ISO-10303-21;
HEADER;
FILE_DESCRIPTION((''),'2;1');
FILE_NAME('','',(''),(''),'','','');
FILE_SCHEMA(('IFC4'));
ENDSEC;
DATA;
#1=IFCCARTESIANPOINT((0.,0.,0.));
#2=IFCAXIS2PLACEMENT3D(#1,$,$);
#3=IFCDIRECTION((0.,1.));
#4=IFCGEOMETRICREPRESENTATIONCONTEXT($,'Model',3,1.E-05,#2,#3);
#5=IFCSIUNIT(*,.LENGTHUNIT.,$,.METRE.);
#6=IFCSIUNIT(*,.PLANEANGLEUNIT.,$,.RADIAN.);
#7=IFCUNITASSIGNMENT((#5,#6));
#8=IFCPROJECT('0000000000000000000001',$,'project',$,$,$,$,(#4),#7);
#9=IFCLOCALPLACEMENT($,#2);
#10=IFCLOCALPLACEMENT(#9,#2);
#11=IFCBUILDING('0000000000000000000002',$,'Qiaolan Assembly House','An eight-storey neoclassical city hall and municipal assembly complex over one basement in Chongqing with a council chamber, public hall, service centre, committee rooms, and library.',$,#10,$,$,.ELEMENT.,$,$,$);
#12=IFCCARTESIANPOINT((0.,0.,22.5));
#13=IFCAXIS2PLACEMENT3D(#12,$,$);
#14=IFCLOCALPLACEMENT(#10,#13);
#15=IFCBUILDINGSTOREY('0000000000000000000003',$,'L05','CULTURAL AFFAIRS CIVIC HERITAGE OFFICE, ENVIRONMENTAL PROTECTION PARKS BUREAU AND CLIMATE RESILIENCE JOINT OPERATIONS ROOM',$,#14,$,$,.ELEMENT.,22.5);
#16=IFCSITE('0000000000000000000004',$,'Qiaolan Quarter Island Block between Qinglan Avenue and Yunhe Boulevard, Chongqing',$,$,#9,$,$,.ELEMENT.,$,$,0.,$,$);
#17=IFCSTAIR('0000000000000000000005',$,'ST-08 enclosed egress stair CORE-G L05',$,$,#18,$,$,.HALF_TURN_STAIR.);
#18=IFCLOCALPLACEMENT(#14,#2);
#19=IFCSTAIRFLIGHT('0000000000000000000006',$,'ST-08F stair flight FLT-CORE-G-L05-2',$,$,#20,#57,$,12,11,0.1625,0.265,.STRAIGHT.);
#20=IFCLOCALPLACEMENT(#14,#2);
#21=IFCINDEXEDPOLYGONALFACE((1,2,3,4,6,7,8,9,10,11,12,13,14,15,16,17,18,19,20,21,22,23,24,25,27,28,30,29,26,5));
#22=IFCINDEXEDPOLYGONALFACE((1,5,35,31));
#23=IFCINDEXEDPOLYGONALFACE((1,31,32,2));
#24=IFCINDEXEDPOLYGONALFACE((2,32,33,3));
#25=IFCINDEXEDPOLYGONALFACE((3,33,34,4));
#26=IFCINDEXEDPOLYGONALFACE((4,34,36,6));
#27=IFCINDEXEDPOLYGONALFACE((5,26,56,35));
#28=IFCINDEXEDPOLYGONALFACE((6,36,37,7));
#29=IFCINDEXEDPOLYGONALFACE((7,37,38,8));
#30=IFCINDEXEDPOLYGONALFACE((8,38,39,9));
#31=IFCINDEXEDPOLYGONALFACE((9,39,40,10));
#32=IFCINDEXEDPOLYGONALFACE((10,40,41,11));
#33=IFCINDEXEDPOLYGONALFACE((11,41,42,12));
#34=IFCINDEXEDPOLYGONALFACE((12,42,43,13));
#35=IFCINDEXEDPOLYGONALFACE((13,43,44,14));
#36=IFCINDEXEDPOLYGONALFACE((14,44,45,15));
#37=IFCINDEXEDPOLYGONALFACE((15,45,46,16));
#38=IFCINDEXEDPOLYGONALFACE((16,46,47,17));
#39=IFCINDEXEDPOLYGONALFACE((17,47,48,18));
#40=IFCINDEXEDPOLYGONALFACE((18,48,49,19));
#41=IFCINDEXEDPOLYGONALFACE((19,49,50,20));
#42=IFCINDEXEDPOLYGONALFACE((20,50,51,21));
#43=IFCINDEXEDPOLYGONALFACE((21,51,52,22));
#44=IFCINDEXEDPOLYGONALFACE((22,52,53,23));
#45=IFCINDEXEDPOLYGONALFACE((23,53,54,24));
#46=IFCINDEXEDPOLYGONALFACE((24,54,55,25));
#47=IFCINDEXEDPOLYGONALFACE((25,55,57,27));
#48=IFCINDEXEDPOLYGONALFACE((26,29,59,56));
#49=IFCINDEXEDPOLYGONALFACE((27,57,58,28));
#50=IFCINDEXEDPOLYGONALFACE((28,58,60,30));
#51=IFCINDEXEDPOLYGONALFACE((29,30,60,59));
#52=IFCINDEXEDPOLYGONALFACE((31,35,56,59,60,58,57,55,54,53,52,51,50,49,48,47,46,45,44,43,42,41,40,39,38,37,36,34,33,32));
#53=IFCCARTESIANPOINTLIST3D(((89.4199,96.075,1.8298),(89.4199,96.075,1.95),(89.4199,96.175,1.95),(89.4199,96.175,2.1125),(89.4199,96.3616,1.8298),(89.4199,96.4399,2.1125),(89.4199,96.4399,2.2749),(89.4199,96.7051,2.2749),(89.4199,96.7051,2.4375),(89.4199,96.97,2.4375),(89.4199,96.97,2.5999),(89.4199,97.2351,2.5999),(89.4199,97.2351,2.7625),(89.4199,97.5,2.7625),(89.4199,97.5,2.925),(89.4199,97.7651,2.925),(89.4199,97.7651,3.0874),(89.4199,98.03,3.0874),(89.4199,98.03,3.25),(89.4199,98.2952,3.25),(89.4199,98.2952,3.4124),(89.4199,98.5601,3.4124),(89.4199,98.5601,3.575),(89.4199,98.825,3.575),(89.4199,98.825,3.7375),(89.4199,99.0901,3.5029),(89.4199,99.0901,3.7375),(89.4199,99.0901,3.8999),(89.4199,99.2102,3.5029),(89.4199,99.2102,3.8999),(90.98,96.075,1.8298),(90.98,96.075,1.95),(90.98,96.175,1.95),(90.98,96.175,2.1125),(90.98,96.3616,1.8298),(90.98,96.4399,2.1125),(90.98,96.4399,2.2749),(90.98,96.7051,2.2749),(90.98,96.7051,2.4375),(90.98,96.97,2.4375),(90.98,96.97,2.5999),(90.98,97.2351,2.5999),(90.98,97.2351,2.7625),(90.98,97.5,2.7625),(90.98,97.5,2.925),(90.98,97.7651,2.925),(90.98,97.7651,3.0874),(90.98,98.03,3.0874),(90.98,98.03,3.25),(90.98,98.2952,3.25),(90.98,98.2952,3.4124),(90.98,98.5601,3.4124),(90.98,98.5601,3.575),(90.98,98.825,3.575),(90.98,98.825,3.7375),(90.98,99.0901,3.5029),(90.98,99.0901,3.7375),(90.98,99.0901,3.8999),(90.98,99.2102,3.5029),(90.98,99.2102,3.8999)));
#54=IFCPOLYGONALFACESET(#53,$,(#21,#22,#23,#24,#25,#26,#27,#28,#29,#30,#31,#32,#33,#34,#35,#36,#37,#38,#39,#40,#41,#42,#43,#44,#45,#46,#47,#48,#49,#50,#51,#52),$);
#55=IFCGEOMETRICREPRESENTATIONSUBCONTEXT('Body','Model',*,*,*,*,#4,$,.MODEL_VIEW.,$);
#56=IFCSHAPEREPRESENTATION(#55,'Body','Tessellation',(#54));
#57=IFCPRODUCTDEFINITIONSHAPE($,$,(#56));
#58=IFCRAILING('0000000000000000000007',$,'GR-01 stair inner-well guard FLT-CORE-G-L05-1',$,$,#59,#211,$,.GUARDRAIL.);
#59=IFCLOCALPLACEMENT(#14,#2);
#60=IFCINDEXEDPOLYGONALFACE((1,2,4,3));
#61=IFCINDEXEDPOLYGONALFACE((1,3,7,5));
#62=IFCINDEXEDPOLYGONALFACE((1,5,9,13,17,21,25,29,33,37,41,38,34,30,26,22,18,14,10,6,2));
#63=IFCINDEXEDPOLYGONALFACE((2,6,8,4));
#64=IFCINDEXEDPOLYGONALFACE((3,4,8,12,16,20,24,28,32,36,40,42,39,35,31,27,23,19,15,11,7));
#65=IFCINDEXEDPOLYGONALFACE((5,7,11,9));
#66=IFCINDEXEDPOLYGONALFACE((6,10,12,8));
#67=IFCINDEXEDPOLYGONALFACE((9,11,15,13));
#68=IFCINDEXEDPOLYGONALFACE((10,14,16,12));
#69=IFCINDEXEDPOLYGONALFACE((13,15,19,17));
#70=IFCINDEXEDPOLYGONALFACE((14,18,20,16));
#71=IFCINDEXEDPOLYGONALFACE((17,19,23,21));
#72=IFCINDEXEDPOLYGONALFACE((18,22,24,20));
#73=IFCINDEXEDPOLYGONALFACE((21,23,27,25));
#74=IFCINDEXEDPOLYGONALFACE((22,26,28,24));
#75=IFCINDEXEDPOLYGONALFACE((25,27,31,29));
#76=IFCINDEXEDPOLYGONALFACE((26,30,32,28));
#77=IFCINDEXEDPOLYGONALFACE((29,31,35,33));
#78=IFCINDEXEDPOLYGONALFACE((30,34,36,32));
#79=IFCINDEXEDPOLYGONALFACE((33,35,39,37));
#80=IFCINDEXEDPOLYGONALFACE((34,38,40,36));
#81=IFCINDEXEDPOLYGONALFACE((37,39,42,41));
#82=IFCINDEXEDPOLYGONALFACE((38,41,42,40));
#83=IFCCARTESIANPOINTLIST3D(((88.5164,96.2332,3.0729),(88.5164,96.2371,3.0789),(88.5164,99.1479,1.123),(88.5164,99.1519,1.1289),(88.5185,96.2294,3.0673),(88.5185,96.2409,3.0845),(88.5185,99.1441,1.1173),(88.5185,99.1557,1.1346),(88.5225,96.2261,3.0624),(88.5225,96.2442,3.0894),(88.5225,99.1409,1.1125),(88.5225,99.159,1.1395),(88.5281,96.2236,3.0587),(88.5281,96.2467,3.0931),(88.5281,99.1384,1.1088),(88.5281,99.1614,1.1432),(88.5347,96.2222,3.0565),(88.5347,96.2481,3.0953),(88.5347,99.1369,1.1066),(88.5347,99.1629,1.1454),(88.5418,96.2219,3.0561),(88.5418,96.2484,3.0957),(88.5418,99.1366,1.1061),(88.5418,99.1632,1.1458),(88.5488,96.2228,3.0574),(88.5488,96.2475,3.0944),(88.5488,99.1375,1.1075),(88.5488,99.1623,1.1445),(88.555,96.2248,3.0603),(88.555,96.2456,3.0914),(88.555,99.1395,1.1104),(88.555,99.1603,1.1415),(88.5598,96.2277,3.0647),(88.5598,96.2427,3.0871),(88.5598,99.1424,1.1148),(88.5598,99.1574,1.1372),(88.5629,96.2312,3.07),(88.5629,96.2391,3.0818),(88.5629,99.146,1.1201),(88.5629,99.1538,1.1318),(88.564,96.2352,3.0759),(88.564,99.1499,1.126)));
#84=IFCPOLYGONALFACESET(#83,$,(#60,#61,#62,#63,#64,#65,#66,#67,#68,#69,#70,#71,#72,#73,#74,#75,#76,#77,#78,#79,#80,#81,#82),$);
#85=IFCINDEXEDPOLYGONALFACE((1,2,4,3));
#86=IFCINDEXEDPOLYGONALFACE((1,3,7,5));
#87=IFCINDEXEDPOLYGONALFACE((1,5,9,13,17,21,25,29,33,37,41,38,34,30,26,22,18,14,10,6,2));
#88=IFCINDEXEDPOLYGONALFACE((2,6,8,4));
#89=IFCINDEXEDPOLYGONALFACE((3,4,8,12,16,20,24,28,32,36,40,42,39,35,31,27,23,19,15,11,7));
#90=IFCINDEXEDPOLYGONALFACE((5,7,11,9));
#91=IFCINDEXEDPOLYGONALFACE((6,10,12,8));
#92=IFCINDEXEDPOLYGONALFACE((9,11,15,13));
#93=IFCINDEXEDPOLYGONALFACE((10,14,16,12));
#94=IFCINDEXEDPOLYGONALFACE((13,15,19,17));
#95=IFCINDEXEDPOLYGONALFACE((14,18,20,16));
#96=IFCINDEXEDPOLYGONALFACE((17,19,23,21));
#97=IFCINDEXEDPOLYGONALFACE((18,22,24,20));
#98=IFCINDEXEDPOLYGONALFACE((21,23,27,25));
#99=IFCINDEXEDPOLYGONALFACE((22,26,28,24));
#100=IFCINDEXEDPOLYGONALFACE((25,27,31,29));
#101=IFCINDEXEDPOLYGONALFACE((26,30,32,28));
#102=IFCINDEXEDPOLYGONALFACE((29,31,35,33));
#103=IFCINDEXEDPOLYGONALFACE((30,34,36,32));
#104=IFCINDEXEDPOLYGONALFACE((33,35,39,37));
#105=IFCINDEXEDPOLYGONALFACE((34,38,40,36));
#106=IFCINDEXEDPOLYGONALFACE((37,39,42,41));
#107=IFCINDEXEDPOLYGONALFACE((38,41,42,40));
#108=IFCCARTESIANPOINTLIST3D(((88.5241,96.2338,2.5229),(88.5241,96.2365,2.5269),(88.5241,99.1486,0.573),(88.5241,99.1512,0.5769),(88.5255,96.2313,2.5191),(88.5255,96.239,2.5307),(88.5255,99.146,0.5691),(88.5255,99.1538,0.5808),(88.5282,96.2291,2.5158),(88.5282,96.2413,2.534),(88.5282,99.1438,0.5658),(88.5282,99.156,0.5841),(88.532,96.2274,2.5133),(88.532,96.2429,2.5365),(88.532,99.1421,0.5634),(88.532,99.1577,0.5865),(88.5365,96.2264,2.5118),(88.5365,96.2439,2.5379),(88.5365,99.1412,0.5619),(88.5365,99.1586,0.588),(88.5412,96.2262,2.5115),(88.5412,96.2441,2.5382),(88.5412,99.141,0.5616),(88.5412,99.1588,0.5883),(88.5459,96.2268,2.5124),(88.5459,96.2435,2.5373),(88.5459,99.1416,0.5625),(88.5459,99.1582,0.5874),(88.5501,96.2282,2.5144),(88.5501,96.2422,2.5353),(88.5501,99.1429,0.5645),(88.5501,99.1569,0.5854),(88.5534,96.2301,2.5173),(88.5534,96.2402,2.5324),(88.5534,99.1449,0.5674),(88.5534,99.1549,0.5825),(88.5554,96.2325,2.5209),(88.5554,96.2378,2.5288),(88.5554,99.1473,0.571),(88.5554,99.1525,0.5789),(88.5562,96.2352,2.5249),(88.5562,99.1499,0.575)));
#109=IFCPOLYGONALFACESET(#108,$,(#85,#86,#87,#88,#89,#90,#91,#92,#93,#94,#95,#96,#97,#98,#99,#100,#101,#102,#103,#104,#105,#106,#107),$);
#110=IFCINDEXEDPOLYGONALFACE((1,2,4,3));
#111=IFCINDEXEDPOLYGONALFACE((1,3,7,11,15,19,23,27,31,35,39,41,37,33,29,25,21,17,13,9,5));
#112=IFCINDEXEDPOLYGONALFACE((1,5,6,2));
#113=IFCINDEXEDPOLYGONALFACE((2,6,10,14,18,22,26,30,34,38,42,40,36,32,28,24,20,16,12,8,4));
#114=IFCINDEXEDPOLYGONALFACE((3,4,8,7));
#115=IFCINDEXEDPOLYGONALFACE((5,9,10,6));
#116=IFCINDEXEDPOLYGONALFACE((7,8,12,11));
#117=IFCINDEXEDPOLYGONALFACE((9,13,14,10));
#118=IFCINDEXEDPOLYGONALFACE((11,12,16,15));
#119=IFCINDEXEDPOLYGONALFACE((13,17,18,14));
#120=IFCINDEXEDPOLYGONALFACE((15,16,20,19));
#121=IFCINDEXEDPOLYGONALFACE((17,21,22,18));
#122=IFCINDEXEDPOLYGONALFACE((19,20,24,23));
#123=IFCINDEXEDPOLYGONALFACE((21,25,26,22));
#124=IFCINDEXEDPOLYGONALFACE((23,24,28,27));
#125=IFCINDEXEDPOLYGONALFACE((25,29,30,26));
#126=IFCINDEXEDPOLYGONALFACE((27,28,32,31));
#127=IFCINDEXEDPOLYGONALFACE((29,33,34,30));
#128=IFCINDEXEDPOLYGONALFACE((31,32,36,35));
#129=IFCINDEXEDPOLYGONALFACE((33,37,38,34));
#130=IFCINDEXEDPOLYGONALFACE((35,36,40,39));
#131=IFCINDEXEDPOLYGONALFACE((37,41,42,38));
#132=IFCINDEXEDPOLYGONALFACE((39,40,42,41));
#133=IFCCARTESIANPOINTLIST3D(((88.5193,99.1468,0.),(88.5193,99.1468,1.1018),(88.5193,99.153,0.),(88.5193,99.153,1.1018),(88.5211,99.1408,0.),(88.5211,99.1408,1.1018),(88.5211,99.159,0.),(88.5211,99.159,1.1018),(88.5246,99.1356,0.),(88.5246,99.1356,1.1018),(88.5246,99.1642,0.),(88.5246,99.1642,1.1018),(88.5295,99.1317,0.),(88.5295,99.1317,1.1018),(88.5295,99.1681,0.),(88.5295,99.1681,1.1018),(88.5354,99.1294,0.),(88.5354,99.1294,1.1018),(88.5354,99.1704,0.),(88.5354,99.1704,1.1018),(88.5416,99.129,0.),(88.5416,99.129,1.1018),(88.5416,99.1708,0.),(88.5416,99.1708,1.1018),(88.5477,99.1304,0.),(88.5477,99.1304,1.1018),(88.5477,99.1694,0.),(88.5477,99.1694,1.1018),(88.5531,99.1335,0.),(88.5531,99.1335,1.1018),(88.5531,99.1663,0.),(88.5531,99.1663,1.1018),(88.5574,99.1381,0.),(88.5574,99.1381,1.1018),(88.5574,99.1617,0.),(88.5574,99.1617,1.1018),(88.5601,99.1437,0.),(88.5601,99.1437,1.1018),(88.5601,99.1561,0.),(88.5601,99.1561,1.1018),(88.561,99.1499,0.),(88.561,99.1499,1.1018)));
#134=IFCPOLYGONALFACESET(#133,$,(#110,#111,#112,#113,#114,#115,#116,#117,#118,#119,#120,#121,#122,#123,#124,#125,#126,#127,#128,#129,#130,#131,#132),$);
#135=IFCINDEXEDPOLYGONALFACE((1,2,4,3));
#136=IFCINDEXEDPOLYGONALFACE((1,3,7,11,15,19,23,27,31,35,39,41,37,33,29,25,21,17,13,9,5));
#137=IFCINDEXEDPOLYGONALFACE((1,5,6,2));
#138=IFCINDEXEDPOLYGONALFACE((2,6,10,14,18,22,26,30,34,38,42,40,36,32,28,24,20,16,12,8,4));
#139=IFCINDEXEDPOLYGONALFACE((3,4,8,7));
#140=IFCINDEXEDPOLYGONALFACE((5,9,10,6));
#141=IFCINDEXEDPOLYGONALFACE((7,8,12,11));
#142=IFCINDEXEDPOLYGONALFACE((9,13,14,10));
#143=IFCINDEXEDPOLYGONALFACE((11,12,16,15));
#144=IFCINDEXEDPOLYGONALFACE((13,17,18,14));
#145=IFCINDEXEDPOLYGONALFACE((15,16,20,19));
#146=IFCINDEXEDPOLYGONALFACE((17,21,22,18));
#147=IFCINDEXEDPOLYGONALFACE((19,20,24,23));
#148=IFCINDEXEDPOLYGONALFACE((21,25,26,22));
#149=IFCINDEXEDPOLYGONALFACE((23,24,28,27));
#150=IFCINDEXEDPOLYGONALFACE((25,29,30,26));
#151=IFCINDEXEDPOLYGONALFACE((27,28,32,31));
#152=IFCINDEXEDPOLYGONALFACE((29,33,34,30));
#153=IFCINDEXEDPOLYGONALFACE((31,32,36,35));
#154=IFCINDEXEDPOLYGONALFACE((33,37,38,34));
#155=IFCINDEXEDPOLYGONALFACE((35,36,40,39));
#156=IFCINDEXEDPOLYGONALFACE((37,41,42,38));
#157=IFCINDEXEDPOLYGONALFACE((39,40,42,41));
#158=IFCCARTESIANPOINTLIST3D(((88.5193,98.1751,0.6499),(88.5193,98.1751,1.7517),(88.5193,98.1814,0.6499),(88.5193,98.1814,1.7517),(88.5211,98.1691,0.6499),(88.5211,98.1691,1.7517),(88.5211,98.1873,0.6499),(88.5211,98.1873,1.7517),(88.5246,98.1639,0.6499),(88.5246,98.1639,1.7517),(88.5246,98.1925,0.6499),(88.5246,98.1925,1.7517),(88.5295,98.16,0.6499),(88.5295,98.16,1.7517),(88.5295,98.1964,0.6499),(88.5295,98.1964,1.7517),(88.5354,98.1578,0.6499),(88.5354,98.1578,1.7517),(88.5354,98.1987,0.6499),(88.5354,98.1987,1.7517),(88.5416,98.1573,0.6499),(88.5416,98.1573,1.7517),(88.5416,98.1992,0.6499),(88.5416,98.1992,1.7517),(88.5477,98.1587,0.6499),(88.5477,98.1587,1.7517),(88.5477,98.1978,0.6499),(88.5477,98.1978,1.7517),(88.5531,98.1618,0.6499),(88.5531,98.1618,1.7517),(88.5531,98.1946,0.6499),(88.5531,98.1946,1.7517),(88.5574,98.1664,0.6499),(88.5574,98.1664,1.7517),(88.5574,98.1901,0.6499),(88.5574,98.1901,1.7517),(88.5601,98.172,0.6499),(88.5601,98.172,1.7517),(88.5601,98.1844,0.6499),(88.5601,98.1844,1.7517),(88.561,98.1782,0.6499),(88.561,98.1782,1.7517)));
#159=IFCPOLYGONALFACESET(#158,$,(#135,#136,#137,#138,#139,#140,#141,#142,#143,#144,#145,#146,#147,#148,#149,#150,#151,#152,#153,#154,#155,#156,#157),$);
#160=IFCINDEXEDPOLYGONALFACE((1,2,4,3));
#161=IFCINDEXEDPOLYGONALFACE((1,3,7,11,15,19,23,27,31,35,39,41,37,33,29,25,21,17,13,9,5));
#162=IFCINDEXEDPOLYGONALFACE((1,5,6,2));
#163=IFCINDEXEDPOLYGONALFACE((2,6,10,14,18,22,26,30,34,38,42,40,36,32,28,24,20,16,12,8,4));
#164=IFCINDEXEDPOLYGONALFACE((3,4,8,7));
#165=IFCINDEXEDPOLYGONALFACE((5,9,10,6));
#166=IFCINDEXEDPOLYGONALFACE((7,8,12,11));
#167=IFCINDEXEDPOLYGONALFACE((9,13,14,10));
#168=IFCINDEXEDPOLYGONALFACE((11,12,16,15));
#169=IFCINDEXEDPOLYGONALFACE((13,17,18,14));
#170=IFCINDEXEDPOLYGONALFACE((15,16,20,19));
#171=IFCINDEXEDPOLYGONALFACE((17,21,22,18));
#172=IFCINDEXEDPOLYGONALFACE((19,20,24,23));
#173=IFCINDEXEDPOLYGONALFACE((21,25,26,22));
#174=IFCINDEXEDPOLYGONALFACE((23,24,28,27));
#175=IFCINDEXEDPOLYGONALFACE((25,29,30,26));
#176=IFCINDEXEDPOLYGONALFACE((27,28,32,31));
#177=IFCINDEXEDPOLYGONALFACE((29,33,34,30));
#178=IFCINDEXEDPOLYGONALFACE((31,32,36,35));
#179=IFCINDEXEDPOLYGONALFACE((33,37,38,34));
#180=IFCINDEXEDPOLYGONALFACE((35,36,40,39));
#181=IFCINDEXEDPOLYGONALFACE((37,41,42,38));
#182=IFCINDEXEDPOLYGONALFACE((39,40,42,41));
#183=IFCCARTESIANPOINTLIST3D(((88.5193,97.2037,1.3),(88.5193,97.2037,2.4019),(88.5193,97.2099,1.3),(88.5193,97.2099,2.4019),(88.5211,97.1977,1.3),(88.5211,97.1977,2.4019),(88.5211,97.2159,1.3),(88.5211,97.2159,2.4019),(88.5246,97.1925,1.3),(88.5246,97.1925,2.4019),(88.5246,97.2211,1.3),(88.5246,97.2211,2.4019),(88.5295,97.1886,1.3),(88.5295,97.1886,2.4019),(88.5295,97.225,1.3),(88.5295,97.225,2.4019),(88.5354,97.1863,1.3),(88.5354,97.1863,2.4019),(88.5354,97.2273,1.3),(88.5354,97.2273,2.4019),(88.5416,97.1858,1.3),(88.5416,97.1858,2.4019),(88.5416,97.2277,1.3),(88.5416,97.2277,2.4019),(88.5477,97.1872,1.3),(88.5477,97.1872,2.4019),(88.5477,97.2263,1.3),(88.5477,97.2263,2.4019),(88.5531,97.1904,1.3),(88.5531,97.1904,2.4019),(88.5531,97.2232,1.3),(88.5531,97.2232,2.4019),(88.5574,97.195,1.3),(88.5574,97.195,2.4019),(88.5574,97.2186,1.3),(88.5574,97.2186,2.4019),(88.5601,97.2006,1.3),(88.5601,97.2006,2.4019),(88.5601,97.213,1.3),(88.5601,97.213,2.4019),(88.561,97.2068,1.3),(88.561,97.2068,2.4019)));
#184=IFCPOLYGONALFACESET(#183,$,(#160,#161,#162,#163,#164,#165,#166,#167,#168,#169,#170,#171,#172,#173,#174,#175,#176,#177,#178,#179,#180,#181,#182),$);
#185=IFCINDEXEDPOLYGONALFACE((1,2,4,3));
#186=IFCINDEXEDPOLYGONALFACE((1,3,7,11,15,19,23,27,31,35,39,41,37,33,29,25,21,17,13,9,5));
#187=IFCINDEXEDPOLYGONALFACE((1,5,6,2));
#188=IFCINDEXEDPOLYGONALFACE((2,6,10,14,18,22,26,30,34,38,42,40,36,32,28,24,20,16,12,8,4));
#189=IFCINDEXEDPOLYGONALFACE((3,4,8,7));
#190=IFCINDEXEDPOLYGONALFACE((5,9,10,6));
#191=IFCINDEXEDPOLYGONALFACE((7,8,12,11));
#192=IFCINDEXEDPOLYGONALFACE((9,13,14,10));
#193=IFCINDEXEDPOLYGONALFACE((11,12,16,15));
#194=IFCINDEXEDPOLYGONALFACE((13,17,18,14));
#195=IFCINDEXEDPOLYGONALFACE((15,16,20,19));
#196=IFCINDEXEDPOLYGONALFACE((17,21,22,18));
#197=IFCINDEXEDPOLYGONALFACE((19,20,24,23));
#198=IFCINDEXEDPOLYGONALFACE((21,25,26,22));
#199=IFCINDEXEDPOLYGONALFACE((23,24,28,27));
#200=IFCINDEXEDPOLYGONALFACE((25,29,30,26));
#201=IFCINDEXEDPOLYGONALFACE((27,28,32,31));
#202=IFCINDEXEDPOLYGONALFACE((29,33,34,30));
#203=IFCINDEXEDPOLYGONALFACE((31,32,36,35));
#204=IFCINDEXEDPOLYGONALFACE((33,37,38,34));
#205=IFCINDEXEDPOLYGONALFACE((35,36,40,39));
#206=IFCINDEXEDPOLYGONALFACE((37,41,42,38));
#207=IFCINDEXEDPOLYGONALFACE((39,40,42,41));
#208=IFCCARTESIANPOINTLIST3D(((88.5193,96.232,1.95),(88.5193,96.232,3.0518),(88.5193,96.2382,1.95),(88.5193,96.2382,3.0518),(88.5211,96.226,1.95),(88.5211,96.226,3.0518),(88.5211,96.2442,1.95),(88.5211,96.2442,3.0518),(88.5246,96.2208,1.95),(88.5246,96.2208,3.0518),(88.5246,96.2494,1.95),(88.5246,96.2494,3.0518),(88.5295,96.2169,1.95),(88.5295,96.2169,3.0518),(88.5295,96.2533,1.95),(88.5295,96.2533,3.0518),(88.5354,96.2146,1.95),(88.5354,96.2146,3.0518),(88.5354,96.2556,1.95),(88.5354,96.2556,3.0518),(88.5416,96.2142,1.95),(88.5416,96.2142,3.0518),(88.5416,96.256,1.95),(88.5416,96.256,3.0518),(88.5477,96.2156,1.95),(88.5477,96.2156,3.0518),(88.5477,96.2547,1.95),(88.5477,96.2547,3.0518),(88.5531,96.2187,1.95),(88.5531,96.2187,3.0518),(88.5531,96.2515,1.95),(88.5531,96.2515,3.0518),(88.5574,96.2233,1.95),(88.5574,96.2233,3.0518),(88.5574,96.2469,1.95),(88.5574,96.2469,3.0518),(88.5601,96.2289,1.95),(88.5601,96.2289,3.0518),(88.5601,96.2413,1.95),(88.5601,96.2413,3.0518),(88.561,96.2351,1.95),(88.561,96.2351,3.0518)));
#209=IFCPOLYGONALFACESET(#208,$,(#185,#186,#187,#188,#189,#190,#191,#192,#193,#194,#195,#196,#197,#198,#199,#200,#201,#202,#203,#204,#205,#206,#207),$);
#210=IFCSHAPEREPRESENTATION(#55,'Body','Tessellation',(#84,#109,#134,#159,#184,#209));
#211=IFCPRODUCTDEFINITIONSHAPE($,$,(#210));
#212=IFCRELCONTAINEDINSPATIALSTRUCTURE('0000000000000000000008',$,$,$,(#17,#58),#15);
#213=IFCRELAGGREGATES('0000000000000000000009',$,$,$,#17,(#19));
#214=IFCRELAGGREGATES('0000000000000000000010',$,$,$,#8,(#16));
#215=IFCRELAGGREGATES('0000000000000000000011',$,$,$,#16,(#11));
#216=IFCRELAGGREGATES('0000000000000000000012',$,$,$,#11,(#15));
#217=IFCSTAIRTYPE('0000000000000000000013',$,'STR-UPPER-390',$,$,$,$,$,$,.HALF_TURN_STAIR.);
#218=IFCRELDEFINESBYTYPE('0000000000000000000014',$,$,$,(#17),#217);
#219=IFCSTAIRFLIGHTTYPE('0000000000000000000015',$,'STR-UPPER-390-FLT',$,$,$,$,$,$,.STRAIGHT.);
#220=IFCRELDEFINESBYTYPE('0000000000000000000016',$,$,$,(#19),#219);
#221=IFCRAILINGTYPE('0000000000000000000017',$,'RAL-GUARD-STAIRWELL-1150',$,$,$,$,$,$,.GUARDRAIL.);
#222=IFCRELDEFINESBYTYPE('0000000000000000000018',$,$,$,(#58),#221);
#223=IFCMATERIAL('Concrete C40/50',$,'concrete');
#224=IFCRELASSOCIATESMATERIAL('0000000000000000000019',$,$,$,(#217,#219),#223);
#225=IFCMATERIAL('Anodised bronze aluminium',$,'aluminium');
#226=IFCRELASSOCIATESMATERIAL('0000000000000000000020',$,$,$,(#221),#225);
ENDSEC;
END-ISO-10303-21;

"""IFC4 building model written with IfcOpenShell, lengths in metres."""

from ifc_helpers import new_model, si_unit, direction, frame, origin, origin_2d, place, context, subcontext, project, spatial, polyline, circle, outline, extrude, material, type_object, element, aggregate, save


model = new_model("IFC4")

# Units and contexts
model_context = context("Model", 3, precision=1e-05, world=origin(), true_north=direction((0.0, 1.0)))
body_context = subcontext(model_context, "Body", "Model", "MODEL_VIEW")
ifc_project = project(units=[si_unit("LENGTHUNIT", "METRE"), si_unit("PLANEANGLEUNIT", "RADIAN")], contexts=[model_context])

# Site, building, storey
site_placement = place(None, origin())
site = spatial("IfcSite", under=ifc_project, at=site_placement, Name="Qiaolan Quarter Island Block between Qinglan Avenue and Yunhe Boulevard, Chongqing", CompositionType="ELEMENT", RefElevation=0.0)
building_placement = place(site_placement, origin())
building = spatial("IfcBuilding", under=site, at=building_placement, Name="Qiaolan Assembly House", Description="An eight-storey neoclassical city hall and municipal assembly complex over one basement in Chongqing with a council chamber, public hall, service centre, committee rooms, and library.", CompositionType="ELEMENT")
storey_placement = place(building_placement, frame((0.0, 0.0, 22.5)))
storey = spatial("IfcBuildingStorey", under=building, at=storey_placement, Name="L05", Description="CULTURAL AFFAIRS CIVIC HERITAGE OFFICE, ENVIRONMENTAL PROTECTION PARKS BUREAU AND CLIMATE RESILIENCE JOINT OPERATIONS ROOM", CompositionType="ELEMENT", Elevation=22.5)

# Shared definitions
ifc_material_1 = material(Name="Concrete C40/50", Category="concrete")

# Stair, stair flight
stair_type = type_object("IfcStairType", Name="STR-UPPER-390", PredefinedType="HALF_TURN_STAIR", material=ifc_material_1)
stair_placement = place(storey_placement, origin())
stair = element("IfcStair", 1, at=stair_placement, inside=storey, type_object=stair_type, Name="ST-08 enclosed egress stair CORE-G L05", PredefinedType="HALF_TURN_STAIR")
stair_flight_type = type_object("IfcStairFlightType", Name="STR-UPPER-390-FLT", PredefinedType="STRAIGHT", material=ifc_material_1)
stair_flight_1_placement = place(storey_placement, frame((90.2, 96.175, 1.95), z_axis=(0.0, 0.0, 1.0), x_axis=(0.0, 1.0, 0.0)))
stair_flight_1 = element("IfcStairFlight", 2, at=stair_flight_1_placement, type_object=stair_flight_type, Name="ST-08F stair flight FLT-CORE-G-L05-2", NumberOfRisers=12, NumberOfTreads=11, PredefinedType="STRAIGHT", RiserHeight=0.1625, TreadLength=0.265, context=body_context, shape_type="SweptSolid", body=[
    extrude(outline(polyline([(-0.1001, -0.1201), (-0.1001, 0.0), (0.0, 0.0), (0.0, 0.1626), (0.2649, 0.1626), (0.2649, 0.325), (0.53, 0.325), (0.53, 0.4875), (0.7949, 0.4875), (0.7949, 0.6499), (1.0601, 0.6499), (1.0601, 0.8125), (1.325, 0.8125), (1.325, 0.9751), (1.5901, 0.9751), (1.5901, 1.1375), (1.855, 1.1375), (1.855, 1.3), (2.1201, 1.3), (2.1201, 1.4624), (2.385, 1.4624), (2.385, 1.625), (2.6499, 1.625), (2.6499, 1.7876), (2.915, 1.7876), (2.915, 1.95), (3.0352, 1.95), (3.0352, 1.553), (2.915, 1.553), (0.1865, -0.1201), (-0.1001, -0.1201)])), frame((0.0, 0.78, 0.0), z_axis=(0.0, -1.0, 0.0), x_axis=(1.0, 0.0, 0.0)), (0.0, 0.0, 1.0), 1.5601),
])
aggregate(stair, [stair_flight_1])

# Railing
ifc_material_2 = material(Name="Anodised bronze aluminium", Category="aluminium")
railing_type_1 = type_object("IfcRailingType", Name="RAL-GUARD-STAIRWELL-1150", PredefinedType="GUARDRAIL", material=ifc_material_2)
railing_1_placement = place(storey_placement, frame((88.54, 99.1499, 0.0)))
element("IfcRailing", 3, at=railing_1_placement, inside=storey, type_object=railing_type_1, Name="GR-01 stair inner-well guard FLT-CORE-G-L05-1", PredefinedType="GUARDRAIL", context=body_context, shape_type="SweptSolid", body=[
    extrude(circle(Radius=0.0239, at=origin_2d()), frame((0.0, 0.0, 1.126), z_axis=(0.0, -0.83116, 0.556033), x_axis=(1.0, 0.0, 0.0)), (0.0, 0.0, 1.0), 3.5068),
    extrude(circle(Radius=0.0161, at=origin_2d()), frame((0.0, 0.0, 0.575), z_axis=(0.0, -0.83116, 0.556033), x_axis=(1.0, 0.0, 0.0)), (0.0, 0.0, 1.0), 3.5068),
    extrude(circle(Radius=0.021, at=origin_2d()), origin(), (0.0, 0.0, 1.0), 1.1018),
    extrude(circle(Radius=0.021, at=origin_2d()), frame((0.0, -0.9717, 0.6499)), (0.0, 0.0, 1.0), 1.1018),
    extrude(circle(Radius=0.021, at=origin_2d()), frame((0.0, -1.9431, 1.3)), (0.0, 0.0, 1.0), 1.1018),
    extrude(circle(Radius=0.021, at=origin_2d()), frame((0.0, -2.9148, 1.95)), (0.0, 0.0, 1.0), 1.1018),
])

save(model, "model.ifc")
